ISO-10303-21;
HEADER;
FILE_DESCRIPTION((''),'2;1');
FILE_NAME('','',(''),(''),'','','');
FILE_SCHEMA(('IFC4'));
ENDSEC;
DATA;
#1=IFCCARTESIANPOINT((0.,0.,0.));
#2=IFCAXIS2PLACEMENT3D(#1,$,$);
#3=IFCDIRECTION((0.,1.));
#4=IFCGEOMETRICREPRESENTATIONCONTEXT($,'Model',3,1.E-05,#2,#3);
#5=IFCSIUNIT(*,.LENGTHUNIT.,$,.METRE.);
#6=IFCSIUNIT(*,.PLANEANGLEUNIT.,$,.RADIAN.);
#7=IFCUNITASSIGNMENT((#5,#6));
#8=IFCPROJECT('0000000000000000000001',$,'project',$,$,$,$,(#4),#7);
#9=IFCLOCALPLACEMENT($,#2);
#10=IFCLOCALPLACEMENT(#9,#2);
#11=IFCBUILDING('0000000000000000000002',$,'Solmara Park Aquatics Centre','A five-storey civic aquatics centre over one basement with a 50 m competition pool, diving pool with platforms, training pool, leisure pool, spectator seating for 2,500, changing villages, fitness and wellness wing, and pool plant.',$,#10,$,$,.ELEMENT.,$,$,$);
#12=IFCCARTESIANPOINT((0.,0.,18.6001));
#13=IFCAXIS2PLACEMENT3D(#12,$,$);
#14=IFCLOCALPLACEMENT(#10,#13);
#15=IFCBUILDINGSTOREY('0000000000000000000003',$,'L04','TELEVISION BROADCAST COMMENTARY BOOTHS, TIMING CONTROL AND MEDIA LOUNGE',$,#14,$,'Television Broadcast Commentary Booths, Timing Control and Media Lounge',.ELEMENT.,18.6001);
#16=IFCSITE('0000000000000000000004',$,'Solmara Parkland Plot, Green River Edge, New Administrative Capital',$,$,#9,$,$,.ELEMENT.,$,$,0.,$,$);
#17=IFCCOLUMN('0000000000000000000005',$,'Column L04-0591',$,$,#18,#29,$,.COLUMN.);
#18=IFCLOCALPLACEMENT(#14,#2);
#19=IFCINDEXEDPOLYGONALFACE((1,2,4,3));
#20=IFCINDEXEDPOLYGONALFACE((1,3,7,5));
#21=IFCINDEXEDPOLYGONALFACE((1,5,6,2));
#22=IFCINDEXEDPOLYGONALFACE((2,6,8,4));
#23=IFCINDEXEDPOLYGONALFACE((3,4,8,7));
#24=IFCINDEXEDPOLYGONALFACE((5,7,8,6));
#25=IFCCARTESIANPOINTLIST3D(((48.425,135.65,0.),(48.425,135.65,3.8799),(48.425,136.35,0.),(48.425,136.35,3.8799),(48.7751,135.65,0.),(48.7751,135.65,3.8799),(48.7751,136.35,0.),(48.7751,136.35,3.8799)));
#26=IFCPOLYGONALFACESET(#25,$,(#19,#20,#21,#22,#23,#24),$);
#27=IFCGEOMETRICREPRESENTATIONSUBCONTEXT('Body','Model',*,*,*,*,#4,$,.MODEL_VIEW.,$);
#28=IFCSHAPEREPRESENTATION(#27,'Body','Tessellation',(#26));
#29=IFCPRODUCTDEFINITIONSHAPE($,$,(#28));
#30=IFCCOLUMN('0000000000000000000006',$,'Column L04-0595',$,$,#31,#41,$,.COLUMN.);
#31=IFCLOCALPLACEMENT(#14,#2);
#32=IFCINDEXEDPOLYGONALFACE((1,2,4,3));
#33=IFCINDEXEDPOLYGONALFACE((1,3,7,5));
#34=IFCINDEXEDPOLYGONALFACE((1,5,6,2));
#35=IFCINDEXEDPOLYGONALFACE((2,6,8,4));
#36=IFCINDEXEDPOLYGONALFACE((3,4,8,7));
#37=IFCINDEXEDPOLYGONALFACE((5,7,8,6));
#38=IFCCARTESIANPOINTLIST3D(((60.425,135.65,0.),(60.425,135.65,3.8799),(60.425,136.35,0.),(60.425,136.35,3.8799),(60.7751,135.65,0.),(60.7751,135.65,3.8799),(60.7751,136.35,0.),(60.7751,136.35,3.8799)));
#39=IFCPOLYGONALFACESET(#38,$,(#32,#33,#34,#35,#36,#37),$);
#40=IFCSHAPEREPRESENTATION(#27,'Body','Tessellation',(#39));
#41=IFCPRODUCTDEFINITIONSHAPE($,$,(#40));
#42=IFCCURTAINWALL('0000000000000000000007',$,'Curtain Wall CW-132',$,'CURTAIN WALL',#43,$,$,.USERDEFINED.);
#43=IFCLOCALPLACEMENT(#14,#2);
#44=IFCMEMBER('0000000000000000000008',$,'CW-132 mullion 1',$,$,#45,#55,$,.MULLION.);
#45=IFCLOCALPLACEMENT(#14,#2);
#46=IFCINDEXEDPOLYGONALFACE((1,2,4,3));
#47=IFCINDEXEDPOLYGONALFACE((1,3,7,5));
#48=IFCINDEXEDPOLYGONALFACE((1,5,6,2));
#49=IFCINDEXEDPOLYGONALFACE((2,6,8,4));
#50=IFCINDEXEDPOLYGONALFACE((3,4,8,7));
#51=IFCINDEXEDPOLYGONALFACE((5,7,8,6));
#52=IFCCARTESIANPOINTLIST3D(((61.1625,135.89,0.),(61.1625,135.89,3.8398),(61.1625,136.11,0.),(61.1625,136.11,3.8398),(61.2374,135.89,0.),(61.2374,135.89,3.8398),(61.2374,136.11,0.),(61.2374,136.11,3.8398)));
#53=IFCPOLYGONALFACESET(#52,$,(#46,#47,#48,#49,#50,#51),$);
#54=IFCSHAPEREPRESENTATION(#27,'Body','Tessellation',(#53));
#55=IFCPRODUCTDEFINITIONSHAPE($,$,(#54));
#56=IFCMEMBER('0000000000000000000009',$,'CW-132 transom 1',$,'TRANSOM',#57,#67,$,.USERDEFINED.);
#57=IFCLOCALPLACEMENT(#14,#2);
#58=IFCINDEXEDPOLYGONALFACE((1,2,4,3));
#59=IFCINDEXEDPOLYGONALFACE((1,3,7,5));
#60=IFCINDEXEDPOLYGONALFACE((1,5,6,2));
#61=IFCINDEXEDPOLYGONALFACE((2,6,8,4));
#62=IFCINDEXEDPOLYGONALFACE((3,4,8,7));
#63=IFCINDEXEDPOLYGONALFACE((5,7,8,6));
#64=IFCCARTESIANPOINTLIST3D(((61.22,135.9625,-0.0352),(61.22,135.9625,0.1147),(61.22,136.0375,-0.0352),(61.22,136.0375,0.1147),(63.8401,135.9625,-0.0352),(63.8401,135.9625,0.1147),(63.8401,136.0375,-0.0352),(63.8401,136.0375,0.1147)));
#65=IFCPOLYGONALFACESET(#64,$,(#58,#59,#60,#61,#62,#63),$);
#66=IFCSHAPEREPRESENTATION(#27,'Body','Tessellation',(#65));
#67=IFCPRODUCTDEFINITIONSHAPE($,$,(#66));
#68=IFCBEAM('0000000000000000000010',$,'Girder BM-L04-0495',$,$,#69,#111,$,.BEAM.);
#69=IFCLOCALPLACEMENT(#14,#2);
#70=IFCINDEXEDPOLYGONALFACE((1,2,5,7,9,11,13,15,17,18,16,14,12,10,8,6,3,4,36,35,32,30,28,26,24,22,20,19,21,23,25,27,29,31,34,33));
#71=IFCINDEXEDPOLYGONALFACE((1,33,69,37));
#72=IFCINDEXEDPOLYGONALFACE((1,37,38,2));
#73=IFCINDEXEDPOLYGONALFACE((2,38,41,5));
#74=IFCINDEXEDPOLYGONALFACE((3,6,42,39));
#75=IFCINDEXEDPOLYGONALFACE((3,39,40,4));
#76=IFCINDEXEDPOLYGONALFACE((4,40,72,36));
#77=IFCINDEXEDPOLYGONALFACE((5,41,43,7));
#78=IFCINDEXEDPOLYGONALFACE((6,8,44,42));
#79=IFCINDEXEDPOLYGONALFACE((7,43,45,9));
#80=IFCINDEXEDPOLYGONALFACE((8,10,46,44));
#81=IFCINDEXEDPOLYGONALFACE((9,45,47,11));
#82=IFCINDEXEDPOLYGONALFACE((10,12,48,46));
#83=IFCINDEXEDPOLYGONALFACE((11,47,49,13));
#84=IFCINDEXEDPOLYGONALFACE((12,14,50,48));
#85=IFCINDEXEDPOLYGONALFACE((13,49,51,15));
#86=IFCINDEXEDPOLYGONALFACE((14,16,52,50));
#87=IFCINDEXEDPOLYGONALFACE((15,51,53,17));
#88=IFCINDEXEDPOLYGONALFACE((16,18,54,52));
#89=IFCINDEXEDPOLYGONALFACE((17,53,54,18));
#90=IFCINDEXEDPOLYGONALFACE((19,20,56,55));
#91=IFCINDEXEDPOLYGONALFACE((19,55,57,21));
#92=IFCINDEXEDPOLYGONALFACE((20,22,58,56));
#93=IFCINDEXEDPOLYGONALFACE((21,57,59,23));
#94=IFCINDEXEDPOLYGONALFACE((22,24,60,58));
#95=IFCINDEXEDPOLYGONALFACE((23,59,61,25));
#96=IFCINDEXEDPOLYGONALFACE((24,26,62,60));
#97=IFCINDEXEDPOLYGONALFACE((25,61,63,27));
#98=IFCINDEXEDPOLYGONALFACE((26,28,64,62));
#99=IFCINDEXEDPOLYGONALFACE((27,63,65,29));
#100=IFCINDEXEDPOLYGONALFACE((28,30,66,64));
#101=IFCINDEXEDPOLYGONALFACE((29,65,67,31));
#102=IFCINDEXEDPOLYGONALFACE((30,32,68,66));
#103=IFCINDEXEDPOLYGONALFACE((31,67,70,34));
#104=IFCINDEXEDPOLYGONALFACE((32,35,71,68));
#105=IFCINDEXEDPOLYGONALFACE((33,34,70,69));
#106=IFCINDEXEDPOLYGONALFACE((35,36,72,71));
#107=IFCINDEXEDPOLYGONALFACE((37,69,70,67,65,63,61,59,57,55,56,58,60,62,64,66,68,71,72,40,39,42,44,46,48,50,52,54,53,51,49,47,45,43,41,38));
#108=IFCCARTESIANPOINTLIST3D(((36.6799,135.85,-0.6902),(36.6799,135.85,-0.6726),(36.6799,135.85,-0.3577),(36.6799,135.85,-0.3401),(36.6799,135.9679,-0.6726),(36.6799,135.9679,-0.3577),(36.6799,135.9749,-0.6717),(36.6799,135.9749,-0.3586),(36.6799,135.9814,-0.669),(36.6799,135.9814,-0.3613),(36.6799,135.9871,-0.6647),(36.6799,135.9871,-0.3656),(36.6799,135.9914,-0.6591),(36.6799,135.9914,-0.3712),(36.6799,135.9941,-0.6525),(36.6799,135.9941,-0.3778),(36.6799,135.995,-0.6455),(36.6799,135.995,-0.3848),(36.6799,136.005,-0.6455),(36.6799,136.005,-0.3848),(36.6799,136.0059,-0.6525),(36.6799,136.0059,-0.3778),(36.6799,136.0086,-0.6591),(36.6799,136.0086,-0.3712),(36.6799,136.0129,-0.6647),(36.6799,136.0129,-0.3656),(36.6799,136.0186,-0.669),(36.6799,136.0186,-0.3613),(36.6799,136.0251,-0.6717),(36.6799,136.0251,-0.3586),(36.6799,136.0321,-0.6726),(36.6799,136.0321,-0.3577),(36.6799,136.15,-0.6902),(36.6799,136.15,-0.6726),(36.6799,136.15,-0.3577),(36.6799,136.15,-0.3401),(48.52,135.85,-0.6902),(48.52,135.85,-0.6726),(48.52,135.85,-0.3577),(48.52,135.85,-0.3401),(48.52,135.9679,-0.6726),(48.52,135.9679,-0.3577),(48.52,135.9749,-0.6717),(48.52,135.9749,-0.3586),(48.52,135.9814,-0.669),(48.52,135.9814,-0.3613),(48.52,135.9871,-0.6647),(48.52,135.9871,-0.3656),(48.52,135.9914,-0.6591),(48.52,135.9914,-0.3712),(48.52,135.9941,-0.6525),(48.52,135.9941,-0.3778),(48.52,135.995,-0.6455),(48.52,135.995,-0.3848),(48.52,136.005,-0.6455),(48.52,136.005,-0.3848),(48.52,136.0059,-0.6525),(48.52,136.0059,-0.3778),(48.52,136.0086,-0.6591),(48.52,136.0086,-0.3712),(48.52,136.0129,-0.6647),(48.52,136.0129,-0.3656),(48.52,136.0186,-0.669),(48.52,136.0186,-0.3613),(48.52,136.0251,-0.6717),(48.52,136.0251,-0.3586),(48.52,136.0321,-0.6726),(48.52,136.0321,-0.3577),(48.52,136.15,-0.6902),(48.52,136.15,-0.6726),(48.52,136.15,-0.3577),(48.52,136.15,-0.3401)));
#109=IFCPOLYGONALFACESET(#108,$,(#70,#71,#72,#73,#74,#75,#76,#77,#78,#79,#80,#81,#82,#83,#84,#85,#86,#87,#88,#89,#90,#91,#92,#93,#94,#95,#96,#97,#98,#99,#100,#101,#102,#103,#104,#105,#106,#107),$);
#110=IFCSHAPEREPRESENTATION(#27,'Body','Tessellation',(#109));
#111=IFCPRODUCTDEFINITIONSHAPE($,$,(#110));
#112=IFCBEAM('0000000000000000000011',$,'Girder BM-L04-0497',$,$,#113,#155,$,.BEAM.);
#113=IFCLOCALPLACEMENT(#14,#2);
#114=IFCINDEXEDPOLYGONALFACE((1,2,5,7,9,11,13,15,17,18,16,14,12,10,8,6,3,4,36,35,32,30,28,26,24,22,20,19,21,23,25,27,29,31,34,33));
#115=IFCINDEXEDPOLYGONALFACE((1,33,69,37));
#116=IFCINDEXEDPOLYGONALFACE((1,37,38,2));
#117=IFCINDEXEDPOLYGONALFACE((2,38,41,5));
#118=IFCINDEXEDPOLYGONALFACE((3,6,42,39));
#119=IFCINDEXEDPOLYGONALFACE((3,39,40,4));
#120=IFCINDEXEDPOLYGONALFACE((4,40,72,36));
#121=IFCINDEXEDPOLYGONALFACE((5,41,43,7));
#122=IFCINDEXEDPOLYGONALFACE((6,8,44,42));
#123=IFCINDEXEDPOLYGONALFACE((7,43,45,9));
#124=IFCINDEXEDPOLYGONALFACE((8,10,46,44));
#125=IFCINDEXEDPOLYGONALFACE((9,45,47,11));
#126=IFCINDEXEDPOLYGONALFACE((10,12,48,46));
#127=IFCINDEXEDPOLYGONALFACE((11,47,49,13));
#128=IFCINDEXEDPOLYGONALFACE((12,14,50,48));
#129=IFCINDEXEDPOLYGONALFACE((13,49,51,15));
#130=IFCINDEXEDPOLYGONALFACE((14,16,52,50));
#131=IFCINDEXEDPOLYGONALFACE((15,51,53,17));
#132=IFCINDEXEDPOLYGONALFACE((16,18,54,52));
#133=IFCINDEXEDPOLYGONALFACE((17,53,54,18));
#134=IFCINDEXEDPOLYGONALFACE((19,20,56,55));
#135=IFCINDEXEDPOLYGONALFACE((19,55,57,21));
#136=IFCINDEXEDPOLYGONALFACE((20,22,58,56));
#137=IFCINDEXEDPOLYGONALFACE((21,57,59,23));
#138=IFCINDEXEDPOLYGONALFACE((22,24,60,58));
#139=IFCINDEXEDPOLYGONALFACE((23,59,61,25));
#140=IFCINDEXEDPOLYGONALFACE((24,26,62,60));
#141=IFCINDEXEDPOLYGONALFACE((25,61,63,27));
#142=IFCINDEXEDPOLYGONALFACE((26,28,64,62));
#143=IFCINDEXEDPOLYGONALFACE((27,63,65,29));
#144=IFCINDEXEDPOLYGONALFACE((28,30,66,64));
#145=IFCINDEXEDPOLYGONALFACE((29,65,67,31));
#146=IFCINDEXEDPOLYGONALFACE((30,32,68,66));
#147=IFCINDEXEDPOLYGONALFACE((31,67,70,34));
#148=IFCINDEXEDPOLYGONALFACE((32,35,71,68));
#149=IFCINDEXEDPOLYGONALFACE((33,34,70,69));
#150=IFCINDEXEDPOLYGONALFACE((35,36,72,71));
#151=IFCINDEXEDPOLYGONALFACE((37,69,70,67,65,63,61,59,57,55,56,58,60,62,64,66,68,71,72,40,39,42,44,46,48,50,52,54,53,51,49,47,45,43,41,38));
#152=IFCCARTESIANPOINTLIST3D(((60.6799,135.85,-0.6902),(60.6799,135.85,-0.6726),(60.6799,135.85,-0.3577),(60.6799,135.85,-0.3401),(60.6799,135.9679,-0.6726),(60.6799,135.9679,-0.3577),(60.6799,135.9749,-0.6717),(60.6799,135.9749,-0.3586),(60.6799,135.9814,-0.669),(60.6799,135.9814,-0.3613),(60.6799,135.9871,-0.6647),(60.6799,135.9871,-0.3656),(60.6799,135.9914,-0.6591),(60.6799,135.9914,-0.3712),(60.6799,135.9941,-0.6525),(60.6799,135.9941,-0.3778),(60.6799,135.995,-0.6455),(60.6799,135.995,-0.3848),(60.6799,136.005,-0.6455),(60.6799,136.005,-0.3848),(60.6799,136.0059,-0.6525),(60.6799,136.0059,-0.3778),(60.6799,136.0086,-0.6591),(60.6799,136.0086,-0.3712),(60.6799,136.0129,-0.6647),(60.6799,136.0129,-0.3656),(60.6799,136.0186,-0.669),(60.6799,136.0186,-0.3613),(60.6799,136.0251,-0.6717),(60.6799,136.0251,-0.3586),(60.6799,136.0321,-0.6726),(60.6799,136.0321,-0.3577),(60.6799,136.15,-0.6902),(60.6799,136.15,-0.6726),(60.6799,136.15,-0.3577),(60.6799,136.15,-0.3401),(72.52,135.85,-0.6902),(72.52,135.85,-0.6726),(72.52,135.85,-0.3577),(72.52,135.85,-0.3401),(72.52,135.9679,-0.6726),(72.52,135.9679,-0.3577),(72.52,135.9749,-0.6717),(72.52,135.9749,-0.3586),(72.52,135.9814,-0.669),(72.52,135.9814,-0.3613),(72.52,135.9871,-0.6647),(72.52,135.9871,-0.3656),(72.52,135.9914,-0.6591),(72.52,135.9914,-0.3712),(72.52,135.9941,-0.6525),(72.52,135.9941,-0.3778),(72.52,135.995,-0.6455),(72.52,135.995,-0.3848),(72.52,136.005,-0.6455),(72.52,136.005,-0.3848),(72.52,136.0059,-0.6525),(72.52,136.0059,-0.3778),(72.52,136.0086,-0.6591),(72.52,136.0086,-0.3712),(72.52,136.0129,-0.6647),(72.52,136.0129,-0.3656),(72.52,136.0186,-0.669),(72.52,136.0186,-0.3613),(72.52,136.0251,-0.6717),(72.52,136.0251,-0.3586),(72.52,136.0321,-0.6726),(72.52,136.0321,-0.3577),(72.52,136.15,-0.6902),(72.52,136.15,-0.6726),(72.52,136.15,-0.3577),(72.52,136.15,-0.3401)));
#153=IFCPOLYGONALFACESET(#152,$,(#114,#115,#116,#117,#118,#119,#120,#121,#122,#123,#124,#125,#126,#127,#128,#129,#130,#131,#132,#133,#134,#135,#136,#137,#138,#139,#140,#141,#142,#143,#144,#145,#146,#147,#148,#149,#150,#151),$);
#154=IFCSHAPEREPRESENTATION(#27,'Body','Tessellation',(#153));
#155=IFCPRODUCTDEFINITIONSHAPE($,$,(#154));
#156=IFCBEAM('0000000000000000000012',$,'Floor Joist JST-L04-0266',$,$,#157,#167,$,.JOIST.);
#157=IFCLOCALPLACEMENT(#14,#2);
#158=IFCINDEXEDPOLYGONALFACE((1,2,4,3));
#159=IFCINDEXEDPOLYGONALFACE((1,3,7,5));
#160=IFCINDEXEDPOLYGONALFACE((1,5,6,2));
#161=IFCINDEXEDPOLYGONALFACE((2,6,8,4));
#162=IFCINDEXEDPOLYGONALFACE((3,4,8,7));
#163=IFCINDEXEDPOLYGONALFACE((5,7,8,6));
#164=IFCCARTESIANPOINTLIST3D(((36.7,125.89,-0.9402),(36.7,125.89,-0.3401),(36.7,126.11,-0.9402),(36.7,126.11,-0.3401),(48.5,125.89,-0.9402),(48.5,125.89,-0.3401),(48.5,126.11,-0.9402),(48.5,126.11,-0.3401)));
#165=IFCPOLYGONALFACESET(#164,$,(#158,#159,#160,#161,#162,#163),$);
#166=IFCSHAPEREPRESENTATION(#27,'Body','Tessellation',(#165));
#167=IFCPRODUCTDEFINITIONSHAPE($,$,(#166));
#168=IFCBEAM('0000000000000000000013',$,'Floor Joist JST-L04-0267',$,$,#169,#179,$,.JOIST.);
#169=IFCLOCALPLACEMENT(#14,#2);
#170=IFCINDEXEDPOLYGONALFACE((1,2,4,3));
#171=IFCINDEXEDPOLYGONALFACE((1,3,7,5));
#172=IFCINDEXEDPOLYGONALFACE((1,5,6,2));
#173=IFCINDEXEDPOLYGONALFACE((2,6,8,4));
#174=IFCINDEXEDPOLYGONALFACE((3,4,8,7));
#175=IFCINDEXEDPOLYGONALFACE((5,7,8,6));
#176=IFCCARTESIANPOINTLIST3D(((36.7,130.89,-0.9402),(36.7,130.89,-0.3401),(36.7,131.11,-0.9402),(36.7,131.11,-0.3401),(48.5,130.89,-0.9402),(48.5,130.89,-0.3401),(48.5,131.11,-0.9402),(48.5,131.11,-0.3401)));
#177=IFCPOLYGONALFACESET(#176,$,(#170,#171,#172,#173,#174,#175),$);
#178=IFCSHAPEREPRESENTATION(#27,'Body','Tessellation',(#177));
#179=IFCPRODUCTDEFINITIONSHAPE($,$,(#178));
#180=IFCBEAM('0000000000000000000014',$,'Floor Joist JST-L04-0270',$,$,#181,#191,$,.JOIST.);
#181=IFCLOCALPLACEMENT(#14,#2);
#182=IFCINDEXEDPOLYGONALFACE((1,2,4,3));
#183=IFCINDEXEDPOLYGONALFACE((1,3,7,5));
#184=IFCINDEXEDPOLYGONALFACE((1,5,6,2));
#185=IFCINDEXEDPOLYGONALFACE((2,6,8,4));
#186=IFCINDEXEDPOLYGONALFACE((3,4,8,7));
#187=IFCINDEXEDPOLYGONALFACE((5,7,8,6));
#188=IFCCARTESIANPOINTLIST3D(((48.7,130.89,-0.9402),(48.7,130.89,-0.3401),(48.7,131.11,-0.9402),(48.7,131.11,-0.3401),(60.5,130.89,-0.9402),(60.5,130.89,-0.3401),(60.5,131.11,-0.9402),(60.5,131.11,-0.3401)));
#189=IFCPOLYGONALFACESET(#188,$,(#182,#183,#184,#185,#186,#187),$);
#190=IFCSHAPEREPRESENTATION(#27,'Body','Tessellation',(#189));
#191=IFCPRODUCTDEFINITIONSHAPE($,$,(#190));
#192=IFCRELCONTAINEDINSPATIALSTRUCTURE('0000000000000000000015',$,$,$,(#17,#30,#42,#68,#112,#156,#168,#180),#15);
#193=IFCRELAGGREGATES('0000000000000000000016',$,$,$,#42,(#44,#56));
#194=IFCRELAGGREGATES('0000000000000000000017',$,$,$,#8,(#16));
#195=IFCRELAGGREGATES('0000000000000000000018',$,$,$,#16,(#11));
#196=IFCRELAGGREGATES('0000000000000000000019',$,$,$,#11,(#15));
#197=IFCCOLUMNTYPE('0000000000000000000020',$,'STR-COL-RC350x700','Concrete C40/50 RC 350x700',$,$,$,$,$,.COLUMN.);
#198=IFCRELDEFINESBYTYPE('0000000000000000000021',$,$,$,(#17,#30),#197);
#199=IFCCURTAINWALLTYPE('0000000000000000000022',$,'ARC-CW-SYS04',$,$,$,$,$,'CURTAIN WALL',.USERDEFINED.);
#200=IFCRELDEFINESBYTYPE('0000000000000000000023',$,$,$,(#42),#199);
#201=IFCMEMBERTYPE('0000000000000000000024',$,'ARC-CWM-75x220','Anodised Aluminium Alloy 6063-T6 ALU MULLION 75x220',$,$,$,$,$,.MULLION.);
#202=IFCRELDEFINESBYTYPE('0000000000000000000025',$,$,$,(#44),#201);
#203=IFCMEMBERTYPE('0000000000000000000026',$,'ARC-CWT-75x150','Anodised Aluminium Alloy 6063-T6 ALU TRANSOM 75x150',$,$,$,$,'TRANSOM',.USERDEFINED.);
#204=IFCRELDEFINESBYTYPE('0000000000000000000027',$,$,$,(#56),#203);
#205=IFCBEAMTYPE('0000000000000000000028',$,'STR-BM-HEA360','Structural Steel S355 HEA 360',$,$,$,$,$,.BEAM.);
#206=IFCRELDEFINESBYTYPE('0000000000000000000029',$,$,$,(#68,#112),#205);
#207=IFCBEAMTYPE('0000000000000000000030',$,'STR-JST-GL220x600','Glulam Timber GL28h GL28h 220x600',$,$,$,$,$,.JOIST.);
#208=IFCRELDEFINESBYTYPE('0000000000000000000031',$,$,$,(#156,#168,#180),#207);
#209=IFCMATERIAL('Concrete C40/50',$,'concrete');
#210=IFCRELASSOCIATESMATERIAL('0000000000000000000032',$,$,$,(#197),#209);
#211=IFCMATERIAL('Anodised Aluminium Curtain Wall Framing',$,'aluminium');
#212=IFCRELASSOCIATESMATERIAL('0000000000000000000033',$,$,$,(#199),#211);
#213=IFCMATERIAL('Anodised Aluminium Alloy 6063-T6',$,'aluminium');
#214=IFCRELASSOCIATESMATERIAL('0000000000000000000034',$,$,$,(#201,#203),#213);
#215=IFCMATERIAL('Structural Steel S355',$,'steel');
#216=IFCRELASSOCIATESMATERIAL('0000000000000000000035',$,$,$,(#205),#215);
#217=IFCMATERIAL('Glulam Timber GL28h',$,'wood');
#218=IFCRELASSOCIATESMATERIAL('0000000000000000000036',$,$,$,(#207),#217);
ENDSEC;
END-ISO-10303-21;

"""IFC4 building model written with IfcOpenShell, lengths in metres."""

from ifc_helpers import new_model, si_unit, direction, frame, origin, origin_2d, place, context, subcontext, project, spatial, rectangle, i_section, extrude, material, material_profile, profile_set, type_object, element, aggregate, save


model = new_model("IFC4")

# Units and contexts
model_context = context("Model", 3, precision=1e-05, world=origin(), true_north=direction((0.0, 1.0)))
body_context = subcontext(model_context, "Body", "Model", "MODEL_VIEW")
ifc_project = project(units=[si_unit("LENGTHUNIT", "METRE"), si_unit("PLANEANGLEUNIT", "RADIAN")], contexts=[model_context])

# Site, building, storey
site_placement = place(None, origin())
site = spatial("IfcSite", under=ifc_project, at=site_placement, Name="Solmara Parkland Plot, Green River Edge, New Administrative Capital", CompositionType="ELEMENT", RefElevation=0.0)
building_placement = place(site_placement, origin())
building = spatial("IfcBuilding", under=site, at=building_placement, Name="Solmara Park Aquatics Centre", Description="A five-storey civic aquatics centre over one basement with a 50 m competition pool, diving pool with platforms, training pool, leisure pool, spectator seating for 2,500, changing villages, fitness and wellness wing, and pool plant.", CompositionType="ELEMENT")
storey_placement = place(building_placement, frame((0.0, 0.0, 18.6001)))
storey = spatial("IfcBuildingStorey", under=building, at=storey_placement, Name="L04", Description="TELEVISION BROADCAST COMMENTARY BOOTHS, TIMING CONTROL AND MEDIA LOUNGE", LongName="Television Broadcast Commentary Booths, Timing Control and Media Lounge", CompositionType="ELEMENT", Elevation=18.6001)

# Columns
ifc_material_1 = material(Name="Concrete C40/50", Category="concrete")
ifc_material_profile_1 = material_profile(ifc_material_1, rectangle(XDim=0.3501, YDim=0.7, at=origin_2d()), Name="RC 350x700")
ifc_profile_set_1 = profile_set([ifc_material_profile_1], Name="Concrete C40/50")
column_type = type_object("IfcColumnType", Name="STR-COL-RC350x700", Description="Concrete C40/50 RC 350x700", PredefinedType="COLUMN", material=ifc_profile_set_1)
for number, where, z_axis, x_axis, name in (
    (1, (48.6001, 136.0, 0.0), (0.0, 0.0, 1.0), (1.0, 0.0, 0.0), "Column L04-0591"),
    (2, (60.6001, 136.0, 0.0), (0.0, 0.0, 1.0), (1.0, 0.0, 0.0), "Column L04-0595"),
):
    element("IfcColumn", number, at=place(storey_placement, frame(where, z_axis=z_axis, x_axis=x_axis)), inside=storey, type_object=column_type, Name=name, PredefinedType="COLUMN", context=body_context, shape_type="SweptSolid", body=[
        extrude(rectangle(XDim=0.3501, YDim=0.7, at=origin_2d()), origin(), (0.0, 0.0, 1.0), 3.8799),
    ])

# Curtain wall, members
ifc_material_2 = material(Name="Anodised Aluminium Curtain Wall Framing", Category="aluminium")
curtain_wall_type = type_object("IfcCurtainWallType", Name="ARC-CW-SYS04", ElementType="CURTAIN WALL", PredefinedType="USERDEFINED", material=ifc_material_2)
curtain_wall_placement = place(storey_placement, origin())
curtain_wall = element("IfcCurtainWall", 3, at=curtain_wall_placement, inside=storey, type_object=curtain_wall_type, Name="Curtain Wall CW-132", ObjectType="CURTAIN WALL", PredefinedType="USERDEFINED")
ifc_material_3 = material(Name="Anodised Aluminium Alloy 6063-T6", Category="aluminium")
ifc_material_profile_2 = material_profile(ifc_material_3, rectangle(XDim=0.075, YDim=0.22, at=origin_2d()), Name="ALU MULLION 75x220")
ifc_profile_set_2 = profile_set([ifc_material_profile_2], Name="Anodised Aluminium Alloy 6063-T6")
member_type_1 = type_object("IfcMemberType", Name="ARC-CWM-75x220", Description="Anodised Aluminium Alloy 6063-T6 ALU MULLION 75x220", PredefinedType="MULLION", material=ifc_profile_set_2)
member_1_placement = place(storey_placement, frame((61.2, 136.0, 0.0), z_axis=(0.0, 0.0, 1.0), x_axis=(1.0, 0.0, 0.0)))
member_1 = element("IfcMember", 4, at=member_1_placement, type_object=member_type_1, Name="CW-132 mullion 1", PredefinedType="MULLION", context=body_context, shape_type="SweptSolid", body=[
    extrude(rectangle(XDim=0.075, YDim=0.22, at=origin_2d()), origin(), (0.0, 0.0, 1.0), 3.8398),
])
ifc_material_profile_3 = material_profile(ifc_material_3, rectangle(XDim=0.075, YDim=0.1499, at=origin_2d()), Name="ALU TRANSOM 75x150")
ifc_profile_set_3 = profile_set([ifc_material_profile_3], Name="Anodised Aluminium Alloy 6063-T6")
member_type_2 = type_object("IfcMemberType", Name="ARC-CWT-75x150", Description="Anodised Aluminium Alloy 6063-T6 ALU TRANSOM 75x150", ElementType="TRANSOM", PredefinedType="USERDEFINED", material=ifc_profile_set_3)
member_2_placement = place(storey_placement, frame((61.22, 136.0, 0.0398), z_axis=(1.0, 0.0, 0.0), x_axis=(0.0, 1.0, 0.0)))
member_2 = element("IfcMember", 5, at=member_2_placement, type_object=member_type_2, Name="CW-132 transom 1", ObjectType="TRANSOM", PredefinedType="USERDEFINED", context=body_context, shape_type="SweptSolid", body=[
    extrude(rectangle(XDim=0.075, YDim=0.1499, at=origin_2d()), origin(), (0.0, 0.0, 1.0), 2.6201),
])
aggregate(curtain_wall, [member_1, member_2])

# Beams
ifc_material_4 = material(Name="Structural Steel S355", Category="steel")
ifc_material_profile_4 = material_profile(ifc_material_4, i_section(OverallWidth=0.3, OverallDepth=0.3501, WebThickness=0.01, FlangeThickness=0.0176, FilletRadius=0.0271, at=origin_2d()), Name="HEA 360")
ifc_profile_set_4 = profile_set([ifc_material_profile_4], Name="Structural Steel S355")
beam_type_1 = type_object("IfcBeamType", Name="STR-BM-HEA360", Description="Structural Steel S355 HEA 360", PredefinedType="BEAM", material=ifc_profile_set_4)
for number, where, z_axis, x_axis, name in (
    (6, (36.6799, 136.0, -0.5151), (1.0, 0.0, 0.0), (0.0, 1.0, 0.0), "Girder BM-L04-0495"),
    (7, (60.6799, 136.0, -0.5151), (1.0, 0.0, 0.0), (0.0, 1.0, 0.0), "Girder BM-L04-0497"),
):
    element("IfcBeam", number, at=place(storey_placement, frame(where, z_axis=z_axis, x_axis=x_axis)), inside=storey, type_object=beam_type_1, Name=name, PredefinedType="BEAM", context=body_context, shape_type="SweptSolid", body=[
        extrude(i_section(OverallWidth=0.3, OverallDepth=0.3501, WebThickness=0.01, FlangeThickness=0.0176, FilletRadius=0.0271, at=origin_2d()), origin(), (0.0, 0.0, 1.0), 11.8401),
    ])
ifc_material_5 = material(Name="Glulam Timber GL28h", Category="wood")
ifc_material_profile_5 = material_profile(ifc_material_5, rectangle(XDim=0.22, YDim=0.6001, at=origin_2d()), Name="GL28h 220x600")
ifc_profile_set_5 = profile_set([ifc_material_profile_5], Name="Glulam Timber GL28h")
beam_type_2 = type_object("IfcBeamType", Name="STR-JST-GL220x600", Description="Glulam Timber GL28h GL28h 220x600", PredefinedType="JOIST", material=ifc_profile_set_5)
for number, where, z_axis, x_axis, name in (
    (8, (36.7, 126.0, -0.6401), (1.0, 0.0, 0.0), (0.0, 1.0, 0.0), "Floor Joist JST-L04-0266"),
    (9, (36.7, 131.0, -0.6401), (1.0, 0.0, 0.0), (0.0, 1.0, 0.0), "Floor Joist JST-L04-0267"),
    (10, (48.7, 131.0, -0.6401), (1.0, 0.0, 0.0), (0.0, 1.0, 0.0), "Floor Joist JST-L04-0270"),
):
    element("IfcBeam", number, at=place(storey_placement, frame(where, z_axis=z_axis, x_axis=x_axis)), inside=storey, type_object=beam_type_2, Name=name, PredefinedType="JOIST", context=body_context, shape_type="SweptSolid", body=[
        extrude(rectangle(XDim=0.22, YDim=0.6001, at=origin_2d()), origin(), (0.0, 0.0, 1.0), 11.8),
    ])

save(model, "model.ifc")
